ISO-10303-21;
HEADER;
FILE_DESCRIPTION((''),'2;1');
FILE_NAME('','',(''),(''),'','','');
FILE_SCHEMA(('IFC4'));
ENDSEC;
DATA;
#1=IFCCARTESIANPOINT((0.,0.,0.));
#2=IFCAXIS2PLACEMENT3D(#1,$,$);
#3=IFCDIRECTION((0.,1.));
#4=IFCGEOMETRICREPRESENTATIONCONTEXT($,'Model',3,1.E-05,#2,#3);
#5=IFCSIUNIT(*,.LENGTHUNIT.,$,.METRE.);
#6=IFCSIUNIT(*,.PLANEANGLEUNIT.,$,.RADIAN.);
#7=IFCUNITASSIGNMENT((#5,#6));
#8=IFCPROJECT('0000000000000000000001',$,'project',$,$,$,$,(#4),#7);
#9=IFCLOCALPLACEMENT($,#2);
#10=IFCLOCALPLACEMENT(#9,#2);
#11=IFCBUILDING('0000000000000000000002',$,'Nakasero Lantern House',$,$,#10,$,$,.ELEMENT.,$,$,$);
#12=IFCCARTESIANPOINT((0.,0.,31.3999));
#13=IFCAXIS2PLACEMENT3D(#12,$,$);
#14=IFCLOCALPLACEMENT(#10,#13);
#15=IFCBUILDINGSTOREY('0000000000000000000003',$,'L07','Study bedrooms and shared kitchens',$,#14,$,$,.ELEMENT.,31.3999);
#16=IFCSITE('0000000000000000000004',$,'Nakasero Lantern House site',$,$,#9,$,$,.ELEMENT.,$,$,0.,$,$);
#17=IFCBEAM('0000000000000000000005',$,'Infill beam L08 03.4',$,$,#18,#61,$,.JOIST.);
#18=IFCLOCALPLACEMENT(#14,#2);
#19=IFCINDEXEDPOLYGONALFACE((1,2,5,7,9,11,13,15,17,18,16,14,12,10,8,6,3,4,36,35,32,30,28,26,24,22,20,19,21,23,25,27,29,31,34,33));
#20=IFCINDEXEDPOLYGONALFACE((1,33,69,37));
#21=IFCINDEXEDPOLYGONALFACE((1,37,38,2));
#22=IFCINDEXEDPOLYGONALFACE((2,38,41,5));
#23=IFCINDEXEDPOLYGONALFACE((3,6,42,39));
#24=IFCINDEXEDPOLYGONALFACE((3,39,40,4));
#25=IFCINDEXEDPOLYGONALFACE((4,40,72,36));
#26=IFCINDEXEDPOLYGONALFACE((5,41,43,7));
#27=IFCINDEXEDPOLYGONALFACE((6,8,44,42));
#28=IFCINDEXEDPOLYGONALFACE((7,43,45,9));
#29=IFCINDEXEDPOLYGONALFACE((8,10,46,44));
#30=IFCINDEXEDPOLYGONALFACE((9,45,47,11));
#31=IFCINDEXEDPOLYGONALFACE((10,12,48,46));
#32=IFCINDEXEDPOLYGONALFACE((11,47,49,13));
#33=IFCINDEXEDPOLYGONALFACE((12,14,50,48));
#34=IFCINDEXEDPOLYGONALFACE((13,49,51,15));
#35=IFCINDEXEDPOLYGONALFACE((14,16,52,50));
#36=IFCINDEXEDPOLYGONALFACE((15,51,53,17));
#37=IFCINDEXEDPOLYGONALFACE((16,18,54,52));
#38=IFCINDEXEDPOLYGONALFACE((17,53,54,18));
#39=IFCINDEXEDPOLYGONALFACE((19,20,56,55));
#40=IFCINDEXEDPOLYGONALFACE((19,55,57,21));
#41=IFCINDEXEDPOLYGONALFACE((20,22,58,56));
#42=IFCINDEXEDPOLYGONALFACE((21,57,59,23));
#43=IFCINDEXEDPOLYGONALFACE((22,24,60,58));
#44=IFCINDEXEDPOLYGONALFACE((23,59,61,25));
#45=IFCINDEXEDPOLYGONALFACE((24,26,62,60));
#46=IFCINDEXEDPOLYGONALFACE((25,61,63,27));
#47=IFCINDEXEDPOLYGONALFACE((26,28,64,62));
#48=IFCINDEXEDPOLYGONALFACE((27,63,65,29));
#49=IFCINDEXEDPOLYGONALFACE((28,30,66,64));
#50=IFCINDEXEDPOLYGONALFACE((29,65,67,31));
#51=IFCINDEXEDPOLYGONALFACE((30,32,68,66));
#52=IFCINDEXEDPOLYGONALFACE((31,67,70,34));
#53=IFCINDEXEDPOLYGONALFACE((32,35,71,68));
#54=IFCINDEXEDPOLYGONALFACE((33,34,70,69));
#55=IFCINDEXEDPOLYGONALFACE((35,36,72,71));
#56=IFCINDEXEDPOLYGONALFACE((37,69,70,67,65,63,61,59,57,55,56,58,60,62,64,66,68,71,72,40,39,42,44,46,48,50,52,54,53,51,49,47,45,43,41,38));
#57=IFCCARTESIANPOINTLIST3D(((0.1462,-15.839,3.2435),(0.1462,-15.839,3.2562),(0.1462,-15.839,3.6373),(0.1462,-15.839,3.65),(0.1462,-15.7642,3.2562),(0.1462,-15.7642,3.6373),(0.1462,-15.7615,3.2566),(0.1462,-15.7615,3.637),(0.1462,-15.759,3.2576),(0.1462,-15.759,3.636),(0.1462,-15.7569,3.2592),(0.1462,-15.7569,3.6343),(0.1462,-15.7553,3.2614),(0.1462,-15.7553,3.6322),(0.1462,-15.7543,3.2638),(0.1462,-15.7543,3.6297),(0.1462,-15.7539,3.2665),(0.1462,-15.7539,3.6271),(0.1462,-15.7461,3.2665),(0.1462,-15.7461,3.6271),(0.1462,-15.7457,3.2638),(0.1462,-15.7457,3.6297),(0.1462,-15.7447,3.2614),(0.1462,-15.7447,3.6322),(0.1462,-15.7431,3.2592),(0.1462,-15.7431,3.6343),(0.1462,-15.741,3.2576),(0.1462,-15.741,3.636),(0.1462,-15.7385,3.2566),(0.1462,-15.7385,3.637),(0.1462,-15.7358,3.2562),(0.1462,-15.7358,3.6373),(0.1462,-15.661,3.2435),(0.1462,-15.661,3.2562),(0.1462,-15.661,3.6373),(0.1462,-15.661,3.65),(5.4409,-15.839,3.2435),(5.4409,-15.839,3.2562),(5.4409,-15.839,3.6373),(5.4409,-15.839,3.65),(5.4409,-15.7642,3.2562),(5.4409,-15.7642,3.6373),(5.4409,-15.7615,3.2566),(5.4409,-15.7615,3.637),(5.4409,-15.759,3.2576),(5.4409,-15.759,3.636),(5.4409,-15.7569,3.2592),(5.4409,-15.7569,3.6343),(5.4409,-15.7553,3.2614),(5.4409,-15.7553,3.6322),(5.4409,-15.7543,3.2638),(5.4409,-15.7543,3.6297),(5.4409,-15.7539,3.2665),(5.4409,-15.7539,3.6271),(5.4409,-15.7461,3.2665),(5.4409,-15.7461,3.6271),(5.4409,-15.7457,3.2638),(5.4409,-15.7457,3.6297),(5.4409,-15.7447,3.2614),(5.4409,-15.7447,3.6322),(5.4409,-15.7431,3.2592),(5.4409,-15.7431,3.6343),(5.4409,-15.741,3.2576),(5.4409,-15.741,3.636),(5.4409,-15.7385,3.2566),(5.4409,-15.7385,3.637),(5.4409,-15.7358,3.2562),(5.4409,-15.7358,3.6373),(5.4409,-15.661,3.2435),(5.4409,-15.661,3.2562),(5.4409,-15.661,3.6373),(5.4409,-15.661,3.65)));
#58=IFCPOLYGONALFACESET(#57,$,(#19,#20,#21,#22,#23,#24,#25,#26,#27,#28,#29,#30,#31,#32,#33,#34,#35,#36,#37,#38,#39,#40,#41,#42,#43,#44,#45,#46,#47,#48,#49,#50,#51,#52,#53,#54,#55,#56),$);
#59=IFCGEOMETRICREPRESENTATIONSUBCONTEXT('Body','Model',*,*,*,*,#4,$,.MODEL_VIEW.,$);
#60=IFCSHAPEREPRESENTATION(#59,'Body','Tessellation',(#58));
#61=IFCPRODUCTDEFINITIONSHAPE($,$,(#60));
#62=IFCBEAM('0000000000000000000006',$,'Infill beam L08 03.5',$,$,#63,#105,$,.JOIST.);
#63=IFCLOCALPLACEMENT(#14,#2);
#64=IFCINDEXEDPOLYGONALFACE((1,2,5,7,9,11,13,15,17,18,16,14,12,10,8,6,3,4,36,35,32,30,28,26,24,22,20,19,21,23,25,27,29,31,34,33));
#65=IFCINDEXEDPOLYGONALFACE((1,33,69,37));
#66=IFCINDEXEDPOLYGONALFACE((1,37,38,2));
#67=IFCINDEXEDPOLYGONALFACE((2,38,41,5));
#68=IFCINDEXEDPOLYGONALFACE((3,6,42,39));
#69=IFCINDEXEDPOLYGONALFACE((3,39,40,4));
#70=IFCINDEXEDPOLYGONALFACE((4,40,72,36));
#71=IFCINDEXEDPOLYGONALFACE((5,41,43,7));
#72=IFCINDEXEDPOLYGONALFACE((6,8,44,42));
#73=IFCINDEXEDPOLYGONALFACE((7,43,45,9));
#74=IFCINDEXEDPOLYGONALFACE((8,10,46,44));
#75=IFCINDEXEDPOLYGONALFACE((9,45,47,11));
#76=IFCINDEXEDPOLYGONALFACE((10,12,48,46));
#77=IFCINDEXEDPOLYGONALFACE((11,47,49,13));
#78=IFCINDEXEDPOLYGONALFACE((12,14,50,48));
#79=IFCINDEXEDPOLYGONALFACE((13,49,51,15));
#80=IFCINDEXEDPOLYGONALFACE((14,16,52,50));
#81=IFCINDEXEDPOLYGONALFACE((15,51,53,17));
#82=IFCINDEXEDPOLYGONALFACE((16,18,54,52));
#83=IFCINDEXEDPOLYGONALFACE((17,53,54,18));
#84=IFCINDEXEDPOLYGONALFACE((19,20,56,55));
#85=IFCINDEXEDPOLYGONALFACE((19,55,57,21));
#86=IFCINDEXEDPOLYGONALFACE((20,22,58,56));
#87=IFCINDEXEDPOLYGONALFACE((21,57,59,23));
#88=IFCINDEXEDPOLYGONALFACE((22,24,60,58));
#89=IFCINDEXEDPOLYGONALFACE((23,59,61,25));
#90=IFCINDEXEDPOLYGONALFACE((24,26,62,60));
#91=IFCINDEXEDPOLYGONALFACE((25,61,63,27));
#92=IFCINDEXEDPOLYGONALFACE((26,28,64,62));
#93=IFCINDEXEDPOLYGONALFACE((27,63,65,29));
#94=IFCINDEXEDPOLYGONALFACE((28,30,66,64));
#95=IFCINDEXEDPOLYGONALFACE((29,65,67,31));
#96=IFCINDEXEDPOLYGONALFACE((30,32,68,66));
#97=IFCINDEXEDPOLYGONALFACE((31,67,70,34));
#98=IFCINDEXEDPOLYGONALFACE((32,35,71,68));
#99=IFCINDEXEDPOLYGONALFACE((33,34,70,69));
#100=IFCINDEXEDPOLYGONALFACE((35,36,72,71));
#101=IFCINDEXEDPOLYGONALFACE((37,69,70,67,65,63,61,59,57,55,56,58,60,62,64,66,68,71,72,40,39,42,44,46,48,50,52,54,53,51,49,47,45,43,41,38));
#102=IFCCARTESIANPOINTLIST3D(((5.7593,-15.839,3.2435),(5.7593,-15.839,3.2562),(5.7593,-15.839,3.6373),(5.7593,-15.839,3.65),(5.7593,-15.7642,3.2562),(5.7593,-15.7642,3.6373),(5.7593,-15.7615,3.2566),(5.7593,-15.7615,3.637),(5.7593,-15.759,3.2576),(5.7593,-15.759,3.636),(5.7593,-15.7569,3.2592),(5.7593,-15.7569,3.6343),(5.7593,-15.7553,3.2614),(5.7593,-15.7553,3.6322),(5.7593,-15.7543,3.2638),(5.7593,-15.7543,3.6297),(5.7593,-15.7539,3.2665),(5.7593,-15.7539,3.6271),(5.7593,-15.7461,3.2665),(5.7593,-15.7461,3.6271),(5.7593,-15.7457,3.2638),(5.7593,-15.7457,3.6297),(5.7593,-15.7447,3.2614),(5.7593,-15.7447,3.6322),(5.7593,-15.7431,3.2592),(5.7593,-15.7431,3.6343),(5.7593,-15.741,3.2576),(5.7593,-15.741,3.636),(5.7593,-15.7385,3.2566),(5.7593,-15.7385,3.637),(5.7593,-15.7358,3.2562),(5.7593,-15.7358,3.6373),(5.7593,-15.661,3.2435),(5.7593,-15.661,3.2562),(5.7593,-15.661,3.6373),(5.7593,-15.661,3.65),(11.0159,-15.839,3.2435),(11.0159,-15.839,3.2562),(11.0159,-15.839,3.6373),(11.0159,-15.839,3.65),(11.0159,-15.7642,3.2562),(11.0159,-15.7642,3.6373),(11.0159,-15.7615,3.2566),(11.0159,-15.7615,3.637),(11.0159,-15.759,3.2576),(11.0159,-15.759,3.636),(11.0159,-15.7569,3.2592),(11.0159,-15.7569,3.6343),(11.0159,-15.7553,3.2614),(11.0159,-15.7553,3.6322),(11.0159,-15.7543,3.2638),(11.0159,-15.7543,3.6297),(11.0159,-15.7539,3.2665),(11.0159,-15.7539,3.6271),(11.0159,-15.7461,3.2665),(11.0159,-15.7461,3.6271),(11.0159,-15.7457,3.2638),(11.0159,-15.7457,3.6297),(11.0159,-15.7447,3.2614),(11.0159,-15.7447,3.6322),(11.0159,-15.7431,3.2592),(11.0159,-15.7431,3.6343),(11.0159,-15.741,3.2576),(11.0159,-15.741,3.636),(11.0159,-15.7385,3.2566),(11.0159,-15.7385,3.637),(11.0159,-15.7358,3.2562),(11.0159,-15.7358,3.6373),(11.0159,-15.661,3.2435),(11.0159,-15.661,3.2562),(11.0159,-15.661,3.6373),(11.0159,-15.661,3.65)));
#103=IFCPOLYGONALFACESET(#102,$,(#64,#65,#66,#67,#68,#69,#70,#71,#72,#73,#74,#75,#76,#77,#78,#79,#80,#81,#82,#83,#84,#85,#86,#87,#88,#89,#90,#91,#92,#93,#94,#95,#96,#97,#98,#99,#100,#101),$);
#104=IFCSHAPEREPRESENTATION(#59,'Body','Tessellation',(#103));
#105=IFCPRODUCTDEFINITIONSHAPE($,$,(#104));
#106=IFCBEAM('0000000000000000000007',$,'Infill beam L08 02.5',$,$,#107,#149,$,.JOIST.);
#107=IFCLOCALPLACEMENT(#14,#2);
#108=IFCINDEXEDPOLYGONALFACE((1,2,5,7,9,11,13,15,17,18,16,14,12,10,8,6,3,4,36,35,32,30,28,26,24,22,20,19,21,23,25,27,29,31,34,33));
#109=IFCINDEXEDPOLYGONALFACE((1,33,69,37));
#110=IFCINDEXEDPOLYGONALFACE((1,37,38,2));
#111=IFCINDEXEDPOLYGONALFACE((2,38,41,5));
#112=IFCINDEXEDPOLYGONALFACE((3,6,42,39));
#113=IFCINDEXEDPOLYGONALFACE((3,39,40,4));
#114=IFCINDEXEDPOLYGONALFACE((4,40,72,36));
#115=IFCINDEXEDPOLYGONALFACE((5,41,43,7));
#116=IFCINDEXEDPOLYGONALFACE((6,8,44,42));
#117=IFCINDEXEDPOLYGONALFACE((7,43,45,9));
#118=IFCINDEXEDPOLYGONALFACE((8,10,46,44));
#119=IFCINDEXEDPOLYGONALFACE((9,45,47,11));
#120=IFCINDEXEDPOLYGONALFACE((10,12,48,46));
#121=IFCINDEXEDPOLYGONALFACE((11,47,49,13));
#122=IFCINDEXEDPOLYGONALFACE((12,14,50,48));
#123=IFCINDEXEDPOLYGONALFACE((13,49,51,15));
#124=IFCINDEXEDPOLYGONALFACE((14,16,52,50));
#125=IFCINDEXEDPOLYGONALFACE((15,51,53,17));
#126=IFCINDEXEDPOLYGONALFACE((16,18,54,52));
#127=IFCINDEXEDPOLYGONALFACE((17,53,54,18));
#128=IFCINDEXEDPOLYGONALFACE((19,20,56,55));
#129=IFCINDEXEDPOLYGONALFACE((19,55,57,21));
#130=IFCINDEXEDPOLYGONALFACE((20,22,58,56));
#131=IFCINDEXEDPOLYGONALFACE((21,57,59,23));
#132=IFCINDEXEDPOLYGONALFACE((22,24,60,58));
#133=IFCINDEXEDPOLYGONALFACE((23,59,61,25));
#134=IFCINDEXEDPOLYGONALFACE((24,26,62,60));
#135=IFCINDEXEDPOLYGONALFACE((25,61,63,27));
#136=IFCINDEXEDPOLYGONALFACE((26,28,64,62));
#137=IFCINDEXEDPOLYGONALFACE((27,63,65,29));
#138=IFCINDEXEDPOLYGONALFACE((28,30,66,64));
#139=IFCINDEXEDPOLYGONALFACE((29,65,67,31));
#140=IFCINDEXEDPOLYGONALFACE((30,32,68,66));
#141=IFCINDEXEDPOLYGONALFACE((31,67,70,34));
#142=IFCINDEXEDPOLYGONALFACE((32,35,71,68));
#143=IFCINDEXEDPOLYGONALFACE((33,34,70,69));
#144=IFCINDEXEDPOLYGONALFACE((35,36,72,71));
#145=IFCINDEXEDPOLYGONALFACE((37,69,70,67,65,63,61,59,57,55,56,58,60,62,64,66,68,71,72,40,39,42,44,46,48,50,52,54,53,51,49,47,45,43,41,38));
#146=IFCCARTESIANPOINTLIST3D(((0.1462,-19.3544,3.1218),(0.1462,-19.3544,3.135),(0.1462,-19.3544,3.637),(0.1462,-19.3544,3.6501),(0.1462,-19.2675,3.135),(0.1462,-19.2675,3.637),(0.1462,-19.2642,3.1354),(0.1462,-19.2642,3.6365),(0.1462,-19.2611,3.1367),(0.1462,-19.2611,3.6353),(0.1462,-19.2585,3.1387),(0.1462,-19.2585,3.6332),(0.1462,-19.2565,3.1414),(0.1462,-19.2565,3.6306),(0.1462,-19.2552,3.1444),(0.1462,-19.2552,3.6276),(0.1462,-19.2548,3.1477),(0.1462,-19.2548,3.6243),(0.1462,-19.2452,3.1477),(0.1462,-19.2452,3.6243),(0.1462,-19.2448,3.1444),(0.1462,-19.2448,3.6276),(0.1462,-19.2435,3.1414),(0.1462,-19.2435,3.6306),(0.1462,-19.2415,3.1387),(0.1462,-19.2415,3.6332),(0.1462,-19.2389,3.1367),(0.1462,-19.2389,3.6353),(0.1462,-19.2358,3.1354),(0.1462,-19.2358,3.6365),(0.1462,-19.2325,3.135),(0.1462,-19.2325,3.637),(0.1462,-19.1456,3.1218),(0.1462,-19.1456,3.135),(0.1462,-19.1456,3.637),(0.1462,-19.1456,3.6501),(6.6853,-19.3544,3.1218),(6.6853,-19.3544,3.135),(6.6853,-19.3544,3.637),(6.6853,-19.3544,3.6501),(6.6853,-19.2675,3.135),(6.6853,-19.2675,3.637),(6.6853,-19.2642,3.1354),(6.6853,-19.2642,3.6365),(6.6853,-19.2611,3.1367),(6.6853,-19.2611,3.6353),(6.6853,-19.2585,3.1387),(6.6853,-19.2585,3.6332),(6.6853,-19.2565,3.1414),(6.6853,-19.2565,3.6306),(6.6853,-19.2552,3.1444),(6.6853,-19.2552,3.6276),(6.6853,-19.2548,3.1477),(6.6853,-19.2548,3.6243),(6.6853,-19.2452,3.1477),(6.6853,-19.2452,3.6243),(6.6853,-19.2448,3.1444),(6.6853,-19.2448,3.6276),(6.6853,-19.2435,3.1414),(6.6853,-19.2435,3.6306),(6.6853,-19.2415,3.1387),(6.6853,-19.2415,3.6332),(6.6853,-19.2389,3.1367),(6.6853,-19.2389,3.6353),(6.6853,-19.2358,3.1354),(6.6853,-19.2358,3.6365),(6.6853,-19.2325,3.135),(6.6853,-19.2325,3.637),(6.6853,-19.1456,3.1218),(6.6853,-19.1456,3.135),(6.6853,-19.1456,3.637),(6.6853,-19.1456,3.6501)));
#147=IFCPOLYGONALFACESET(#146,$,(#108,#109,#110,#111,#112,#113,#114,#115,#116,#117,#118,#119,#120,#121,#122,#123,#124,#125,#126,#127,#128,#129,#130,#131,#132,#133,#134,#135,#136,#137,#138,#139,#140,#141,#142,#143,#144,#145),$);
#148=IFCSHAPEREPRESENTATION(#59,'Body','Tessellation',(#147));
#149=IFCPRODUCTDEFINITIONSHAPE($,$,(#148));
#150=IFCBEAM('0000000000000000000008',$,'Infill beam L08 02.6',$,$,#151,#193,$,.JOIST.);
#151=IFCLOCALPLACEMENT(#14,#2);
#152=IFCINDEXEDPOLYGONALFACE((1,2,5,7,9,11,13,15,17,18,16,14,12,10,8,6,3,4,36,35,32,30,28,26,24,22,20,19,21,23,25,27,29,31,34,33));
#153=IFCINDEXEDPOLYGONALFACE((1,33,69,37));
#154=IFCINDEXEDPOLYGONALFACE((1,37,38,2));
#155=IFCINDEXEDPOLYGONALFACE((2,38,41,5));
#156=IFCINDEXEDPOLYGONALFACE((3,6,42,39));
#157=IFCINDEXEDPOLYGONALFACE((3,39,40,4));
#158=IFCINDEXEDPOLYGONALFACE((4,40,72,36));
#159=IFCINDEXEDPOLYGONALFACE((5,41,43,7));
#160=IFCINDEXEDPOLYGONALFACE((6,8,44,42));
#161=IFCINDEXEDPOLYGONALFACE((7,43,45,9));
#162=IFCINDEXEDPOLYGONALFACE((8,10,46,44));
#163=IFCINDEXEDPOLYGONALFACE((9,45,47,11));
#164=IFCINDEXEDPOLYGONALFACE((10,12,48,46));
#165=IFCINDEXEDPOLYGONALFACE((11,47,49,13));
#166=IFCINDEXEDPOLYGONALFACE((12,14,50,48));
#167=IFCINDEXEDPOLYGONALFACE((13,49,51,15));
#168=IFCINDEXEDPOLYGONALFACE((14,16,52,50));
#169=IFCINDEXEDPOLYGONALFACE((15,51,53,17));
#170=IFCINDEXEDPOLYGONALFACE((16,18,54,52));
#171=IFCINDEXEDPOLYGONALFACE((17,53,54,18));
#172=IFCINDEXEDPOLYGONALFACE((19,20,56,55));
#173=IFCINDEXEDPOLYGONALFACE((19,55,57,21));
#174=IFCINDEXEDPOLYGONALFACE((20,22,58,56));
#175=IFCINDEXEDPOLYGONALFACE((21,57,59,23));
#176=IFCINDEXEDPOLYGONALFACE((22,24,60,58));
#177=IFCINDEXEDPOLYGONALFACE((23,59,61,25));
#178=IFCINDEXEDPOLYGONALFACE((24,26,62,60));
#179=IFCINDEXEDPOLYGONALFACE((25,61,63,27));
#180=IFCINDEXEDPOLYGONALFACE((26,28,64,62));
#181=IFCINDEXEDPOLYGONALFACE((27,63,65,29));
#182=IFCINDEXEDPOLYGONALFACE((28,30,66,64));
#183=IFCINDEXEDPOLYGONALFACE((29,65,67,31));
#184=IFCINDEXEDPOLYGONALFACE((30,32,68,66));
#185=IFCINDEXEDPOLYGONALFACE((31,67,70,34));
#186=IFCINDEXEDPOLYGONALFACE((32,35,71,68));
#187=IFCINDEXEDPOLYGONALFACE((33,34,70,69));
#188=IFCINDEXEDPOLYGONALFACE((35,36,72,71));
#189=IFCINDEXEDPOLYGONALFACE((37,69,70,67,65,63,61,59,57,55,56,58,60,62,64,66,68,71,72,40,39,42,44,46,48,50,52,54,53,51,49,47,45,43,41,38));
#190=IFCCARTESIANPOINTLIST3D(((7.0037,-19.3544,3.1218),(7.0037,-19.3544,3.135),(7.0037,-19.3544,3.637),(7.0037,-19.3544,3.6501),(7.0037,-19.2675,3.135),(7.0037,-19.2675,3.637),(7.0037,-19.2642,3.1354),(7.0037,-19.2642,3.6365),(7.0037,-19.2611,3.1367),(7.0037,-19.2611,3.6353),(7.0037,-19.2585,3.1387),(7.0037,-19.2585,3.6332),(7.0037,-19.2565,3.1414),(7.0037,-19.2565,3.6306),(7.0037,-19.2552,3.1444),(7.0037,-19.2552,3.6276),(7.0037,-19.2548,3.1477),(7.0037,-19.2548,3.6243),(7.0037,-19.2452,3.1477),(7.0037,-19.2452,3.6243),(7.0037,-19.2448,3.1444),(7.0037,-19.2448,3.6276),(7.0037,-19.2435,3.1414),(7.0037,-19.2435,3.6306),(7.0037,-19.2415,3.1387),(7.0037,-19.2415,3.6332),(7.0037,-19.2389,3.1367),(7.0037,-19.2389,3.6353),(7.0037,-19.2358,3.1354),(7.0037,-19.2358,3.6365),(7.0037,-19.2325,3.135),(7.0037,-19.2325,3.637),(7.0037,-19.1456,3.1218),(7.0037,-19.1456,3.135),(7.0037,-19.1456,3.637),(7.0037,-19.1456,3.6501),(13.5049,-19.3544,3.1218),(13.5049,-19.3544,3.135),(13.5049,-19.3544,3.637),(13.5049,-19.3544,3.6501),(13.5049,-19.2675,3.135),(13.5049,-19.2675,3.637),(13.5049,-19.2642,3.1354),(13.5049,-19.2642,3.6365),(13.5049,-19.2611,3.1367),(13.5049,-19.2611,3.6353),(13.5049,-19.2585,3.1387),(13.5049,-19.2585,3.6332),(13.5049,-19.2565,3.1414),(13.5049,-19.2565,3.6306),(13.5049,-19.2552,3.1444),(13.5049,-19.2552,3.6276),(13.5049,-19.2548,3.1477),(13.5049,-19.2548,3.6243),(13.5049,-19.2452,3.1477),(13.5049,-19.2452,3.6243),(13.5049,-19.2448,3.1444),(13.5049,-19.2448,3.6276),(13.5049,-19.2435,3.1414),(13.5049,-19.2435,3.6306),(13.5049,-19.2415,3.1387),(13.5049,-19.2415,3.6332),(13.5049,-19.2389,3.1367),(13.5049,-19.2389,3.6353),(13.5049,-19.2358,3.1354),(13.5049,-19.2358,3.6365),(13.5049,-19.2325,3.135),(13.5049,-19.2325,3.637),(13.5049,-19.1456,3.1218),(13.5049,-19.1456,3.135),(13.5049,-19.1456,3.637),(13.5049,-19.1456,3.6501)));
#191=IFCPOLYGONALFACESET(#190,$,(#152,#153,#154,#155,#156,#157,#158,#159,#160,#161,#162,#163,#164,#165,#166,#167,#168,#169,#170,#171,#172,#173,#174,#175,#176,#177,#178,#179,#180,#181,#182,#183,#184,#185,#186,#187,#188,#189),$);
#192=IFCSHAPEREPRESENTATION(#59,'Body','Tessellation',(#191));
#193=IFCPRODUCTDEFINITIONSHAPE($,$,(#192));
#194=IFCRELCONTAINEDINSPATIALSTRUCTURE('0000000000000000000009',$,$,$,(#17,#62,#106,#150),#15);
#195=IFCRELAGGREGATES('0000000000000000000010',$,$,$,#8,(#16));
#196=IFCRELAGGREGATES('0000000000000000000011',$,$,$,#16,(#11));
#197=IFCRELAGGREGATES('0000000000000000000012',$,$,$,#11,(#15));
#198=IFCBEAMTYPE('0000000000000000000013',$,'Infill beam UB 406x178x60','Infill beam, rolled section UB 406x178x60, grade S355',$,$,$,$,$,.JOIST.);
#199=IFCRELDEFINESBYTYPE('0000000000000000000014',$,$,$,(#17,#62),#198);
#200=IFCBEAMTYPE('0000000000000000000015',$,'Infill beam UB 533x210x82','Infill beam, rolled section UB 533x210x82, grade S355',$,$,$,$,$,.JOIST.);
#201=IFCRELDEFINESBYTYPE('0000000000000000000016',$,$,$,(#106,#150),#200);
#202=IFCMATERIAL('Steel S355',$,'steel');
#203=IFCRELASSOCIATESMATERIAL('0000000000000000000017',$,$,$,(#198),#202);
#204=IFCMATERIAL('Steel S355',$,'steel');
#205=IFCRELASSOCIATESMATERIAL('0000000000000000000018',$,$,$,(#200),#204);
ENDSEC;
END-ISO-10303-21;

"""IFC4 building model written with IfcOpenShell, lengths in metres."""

from ifc_helpers import new_model, si_unit, direction, frame, origin, origin_2d, place, context, subcontext, project, spatial, i_section, extrude, material, material_profile, profile_set, type_object, element, save


model = new_model("IFC4")

# Units and contexts
model_context = context("Model", 3, precision=1e-05, world=origin(), true_north=direction((0.0, 1.0)))
body_context = subcontext(model_context, "Body", "Model", "MODEL_VIEW")
ifc_project = project(units=[si_unit("LENGTHUNIT", "METRE"), si_unit("PLANEANGLEUNIT", "RADIAN")], contexts=[model_context])

# Site, building, storey
site_placement = place(None, origin())
site = spatial("IfcSite", under=ifc_project, at=site_placement, Name="Nakasero Lantern House site", CompositionType="ELEMENT", RefElevation=0.0)
building_placement = place(site_placement, origin())
building = spatial("IfcBuilding", under=site, at=building_placement, Name="Nakasero Lantern House", CompositionType="ELEMENT")
storey_placement = place(building_placement, frame((0.0, 0.0, 31.3999)))
storey = spatial("IfcBuildingStorey", under=building, at=storey_placement, Name="L07", Description="Study bedrooms and shared kitchens", CompositionType="ELEMENT", Elevation=31.3999)

# Beams
ifc_material_1 = material(Name="Steel S355", Category="steel")
ifc_material_profile_1 = material_profile(ifc_material_1, i_section(OverallWidth=0.178, OverallDepth=0.4065, WebThickness=0.0078, FlangeThickness=0.0127, FilletRadius=0.0103, at=origin_2d()), Name="UB 406x178x60")
ifc_profile_set_1 = profile_set([ifc_material_profile_1], Name="Steel S355")
beam_type_1 = type_object("IfcBeamType", Name="Infill beam UB 406x178x60", Description="Infill beam, rolled section UB 406x178x60, grade S355", PredefinedType="JOIST", material=ifc_profile_set_1)
beam_1_placement = place(storey_placement, frame((0.1462, -15.75, 3.4468), z_axis=(1.0, 0.0, 0.0), x_axis=(0.0, 1.0, 0.0)))
element("IfcBeam", 1, at=beam_1_placement, inside=storey, type_object=beam_type_1, Name="Infill beam L08 03.4", PredefinedType="JOIST", context=body_context, shape_type="SweptSolid", body=[
    extrude(i_section(OverallWidth=0.178, OverallDepth=0.4065, WebThickness=0.0078, FlangeThickness=0.0127, FilletRadius=0.0103, at=origin_2d()), origin(), (0.0, 0.0, 1.0), 5.2947),
])
beam_2_placement = place(storey_placement, frame((5.7593, -15.75, 3.4468), z_axis=(1.0, 0.0, 0.0), x_axis=(0.0, 1.0, 0.0)))
element("IfcBeam", 2, at=beam_2_placement, inside=storey, type_object=beam_type_1, Name="Infill beam L08 03.5", PredefinedType="JOIST", context=body_context, shape_type="SweptSolid", body=[
    extrude(i_section(OverallWidth=0.178, OverallDepth=0.4065, WebThickness=0.0078, FlangeThickness=0.0127, FilletRadius=0.0103, at=origin_2d()), origin(), (0.0, 0.0, 1.0), 5.2566),
])
ifc_material_2 = material(Name="Steel S355", Category="steel")
ifc_material_profile_2 = material_profile(ifc_material_2, i_section(OverallWidth=0.2087, OverallDepth=0.5283, WebThickness=0.0095, FlangeThickness=0.0132, FilletRadius=0.0127, at=origin_2d()), Name="UB 533x210x82")
ifc_profile_set_2 = profile_set([ifc_material_profile_2], Name="Steel S355")
beam_type_2 = type_object("IfcBeamType", Name="Infill beam UB 533x210x82", Description="Infill beam, rolled section UB 533x210x82, grade S355", PredefinedType="JOIST", material=ifc_profile_set_2)
beam_3_placement = place(storey_placement, frame((0.1462, -19.25, 3.386), z_axis=(1.0, 0.0, 0.0), x_axis=(0.0, 1.0, 0.0)))
element("IfcBeam", 3, at=beam_3_placement, inside=storey, type_object=beam_type_2, Name="Infill beam L08 02.5", PredefinedType="JOIST", context=body_context, shape_type="SweptSolid", body=[
    extrude(i_section(OverallWidth=0.2087, OverallDepth=0.5283, WebThickness=0.0095, FlangeThickness=0.0132, FilletRadius=0.0127, at=origin_2d()), origin(), (0.0, 0.0, 1.0), 6.5391),
])
beam_4_placement = place(storey_placement, frame((7.0037, -19.25, 3.386), z_axis=(1.0, 0.0, 0.0), x_axis=(0.0, 1.0, 0.0)))
element("IfcBeam", 4, at=beam_4_placement, inside=storey, type_object=beam_type_2, Name="Infill beam L08 02.6", PredefinedType="JOIST", context=body_context, shape_type="SweptSolid", body=[
    extrude(i_section(OverallWidth=0.2087, OverallDepth=0.5283, WebThickness=0.0095, FlangeThickness=0.0132, FilletRadius=0.0127, at=origin_2d()), origin(), (0.0, 0.0, 1.0), 6.5012),
])

save(model, "model.ifc")
